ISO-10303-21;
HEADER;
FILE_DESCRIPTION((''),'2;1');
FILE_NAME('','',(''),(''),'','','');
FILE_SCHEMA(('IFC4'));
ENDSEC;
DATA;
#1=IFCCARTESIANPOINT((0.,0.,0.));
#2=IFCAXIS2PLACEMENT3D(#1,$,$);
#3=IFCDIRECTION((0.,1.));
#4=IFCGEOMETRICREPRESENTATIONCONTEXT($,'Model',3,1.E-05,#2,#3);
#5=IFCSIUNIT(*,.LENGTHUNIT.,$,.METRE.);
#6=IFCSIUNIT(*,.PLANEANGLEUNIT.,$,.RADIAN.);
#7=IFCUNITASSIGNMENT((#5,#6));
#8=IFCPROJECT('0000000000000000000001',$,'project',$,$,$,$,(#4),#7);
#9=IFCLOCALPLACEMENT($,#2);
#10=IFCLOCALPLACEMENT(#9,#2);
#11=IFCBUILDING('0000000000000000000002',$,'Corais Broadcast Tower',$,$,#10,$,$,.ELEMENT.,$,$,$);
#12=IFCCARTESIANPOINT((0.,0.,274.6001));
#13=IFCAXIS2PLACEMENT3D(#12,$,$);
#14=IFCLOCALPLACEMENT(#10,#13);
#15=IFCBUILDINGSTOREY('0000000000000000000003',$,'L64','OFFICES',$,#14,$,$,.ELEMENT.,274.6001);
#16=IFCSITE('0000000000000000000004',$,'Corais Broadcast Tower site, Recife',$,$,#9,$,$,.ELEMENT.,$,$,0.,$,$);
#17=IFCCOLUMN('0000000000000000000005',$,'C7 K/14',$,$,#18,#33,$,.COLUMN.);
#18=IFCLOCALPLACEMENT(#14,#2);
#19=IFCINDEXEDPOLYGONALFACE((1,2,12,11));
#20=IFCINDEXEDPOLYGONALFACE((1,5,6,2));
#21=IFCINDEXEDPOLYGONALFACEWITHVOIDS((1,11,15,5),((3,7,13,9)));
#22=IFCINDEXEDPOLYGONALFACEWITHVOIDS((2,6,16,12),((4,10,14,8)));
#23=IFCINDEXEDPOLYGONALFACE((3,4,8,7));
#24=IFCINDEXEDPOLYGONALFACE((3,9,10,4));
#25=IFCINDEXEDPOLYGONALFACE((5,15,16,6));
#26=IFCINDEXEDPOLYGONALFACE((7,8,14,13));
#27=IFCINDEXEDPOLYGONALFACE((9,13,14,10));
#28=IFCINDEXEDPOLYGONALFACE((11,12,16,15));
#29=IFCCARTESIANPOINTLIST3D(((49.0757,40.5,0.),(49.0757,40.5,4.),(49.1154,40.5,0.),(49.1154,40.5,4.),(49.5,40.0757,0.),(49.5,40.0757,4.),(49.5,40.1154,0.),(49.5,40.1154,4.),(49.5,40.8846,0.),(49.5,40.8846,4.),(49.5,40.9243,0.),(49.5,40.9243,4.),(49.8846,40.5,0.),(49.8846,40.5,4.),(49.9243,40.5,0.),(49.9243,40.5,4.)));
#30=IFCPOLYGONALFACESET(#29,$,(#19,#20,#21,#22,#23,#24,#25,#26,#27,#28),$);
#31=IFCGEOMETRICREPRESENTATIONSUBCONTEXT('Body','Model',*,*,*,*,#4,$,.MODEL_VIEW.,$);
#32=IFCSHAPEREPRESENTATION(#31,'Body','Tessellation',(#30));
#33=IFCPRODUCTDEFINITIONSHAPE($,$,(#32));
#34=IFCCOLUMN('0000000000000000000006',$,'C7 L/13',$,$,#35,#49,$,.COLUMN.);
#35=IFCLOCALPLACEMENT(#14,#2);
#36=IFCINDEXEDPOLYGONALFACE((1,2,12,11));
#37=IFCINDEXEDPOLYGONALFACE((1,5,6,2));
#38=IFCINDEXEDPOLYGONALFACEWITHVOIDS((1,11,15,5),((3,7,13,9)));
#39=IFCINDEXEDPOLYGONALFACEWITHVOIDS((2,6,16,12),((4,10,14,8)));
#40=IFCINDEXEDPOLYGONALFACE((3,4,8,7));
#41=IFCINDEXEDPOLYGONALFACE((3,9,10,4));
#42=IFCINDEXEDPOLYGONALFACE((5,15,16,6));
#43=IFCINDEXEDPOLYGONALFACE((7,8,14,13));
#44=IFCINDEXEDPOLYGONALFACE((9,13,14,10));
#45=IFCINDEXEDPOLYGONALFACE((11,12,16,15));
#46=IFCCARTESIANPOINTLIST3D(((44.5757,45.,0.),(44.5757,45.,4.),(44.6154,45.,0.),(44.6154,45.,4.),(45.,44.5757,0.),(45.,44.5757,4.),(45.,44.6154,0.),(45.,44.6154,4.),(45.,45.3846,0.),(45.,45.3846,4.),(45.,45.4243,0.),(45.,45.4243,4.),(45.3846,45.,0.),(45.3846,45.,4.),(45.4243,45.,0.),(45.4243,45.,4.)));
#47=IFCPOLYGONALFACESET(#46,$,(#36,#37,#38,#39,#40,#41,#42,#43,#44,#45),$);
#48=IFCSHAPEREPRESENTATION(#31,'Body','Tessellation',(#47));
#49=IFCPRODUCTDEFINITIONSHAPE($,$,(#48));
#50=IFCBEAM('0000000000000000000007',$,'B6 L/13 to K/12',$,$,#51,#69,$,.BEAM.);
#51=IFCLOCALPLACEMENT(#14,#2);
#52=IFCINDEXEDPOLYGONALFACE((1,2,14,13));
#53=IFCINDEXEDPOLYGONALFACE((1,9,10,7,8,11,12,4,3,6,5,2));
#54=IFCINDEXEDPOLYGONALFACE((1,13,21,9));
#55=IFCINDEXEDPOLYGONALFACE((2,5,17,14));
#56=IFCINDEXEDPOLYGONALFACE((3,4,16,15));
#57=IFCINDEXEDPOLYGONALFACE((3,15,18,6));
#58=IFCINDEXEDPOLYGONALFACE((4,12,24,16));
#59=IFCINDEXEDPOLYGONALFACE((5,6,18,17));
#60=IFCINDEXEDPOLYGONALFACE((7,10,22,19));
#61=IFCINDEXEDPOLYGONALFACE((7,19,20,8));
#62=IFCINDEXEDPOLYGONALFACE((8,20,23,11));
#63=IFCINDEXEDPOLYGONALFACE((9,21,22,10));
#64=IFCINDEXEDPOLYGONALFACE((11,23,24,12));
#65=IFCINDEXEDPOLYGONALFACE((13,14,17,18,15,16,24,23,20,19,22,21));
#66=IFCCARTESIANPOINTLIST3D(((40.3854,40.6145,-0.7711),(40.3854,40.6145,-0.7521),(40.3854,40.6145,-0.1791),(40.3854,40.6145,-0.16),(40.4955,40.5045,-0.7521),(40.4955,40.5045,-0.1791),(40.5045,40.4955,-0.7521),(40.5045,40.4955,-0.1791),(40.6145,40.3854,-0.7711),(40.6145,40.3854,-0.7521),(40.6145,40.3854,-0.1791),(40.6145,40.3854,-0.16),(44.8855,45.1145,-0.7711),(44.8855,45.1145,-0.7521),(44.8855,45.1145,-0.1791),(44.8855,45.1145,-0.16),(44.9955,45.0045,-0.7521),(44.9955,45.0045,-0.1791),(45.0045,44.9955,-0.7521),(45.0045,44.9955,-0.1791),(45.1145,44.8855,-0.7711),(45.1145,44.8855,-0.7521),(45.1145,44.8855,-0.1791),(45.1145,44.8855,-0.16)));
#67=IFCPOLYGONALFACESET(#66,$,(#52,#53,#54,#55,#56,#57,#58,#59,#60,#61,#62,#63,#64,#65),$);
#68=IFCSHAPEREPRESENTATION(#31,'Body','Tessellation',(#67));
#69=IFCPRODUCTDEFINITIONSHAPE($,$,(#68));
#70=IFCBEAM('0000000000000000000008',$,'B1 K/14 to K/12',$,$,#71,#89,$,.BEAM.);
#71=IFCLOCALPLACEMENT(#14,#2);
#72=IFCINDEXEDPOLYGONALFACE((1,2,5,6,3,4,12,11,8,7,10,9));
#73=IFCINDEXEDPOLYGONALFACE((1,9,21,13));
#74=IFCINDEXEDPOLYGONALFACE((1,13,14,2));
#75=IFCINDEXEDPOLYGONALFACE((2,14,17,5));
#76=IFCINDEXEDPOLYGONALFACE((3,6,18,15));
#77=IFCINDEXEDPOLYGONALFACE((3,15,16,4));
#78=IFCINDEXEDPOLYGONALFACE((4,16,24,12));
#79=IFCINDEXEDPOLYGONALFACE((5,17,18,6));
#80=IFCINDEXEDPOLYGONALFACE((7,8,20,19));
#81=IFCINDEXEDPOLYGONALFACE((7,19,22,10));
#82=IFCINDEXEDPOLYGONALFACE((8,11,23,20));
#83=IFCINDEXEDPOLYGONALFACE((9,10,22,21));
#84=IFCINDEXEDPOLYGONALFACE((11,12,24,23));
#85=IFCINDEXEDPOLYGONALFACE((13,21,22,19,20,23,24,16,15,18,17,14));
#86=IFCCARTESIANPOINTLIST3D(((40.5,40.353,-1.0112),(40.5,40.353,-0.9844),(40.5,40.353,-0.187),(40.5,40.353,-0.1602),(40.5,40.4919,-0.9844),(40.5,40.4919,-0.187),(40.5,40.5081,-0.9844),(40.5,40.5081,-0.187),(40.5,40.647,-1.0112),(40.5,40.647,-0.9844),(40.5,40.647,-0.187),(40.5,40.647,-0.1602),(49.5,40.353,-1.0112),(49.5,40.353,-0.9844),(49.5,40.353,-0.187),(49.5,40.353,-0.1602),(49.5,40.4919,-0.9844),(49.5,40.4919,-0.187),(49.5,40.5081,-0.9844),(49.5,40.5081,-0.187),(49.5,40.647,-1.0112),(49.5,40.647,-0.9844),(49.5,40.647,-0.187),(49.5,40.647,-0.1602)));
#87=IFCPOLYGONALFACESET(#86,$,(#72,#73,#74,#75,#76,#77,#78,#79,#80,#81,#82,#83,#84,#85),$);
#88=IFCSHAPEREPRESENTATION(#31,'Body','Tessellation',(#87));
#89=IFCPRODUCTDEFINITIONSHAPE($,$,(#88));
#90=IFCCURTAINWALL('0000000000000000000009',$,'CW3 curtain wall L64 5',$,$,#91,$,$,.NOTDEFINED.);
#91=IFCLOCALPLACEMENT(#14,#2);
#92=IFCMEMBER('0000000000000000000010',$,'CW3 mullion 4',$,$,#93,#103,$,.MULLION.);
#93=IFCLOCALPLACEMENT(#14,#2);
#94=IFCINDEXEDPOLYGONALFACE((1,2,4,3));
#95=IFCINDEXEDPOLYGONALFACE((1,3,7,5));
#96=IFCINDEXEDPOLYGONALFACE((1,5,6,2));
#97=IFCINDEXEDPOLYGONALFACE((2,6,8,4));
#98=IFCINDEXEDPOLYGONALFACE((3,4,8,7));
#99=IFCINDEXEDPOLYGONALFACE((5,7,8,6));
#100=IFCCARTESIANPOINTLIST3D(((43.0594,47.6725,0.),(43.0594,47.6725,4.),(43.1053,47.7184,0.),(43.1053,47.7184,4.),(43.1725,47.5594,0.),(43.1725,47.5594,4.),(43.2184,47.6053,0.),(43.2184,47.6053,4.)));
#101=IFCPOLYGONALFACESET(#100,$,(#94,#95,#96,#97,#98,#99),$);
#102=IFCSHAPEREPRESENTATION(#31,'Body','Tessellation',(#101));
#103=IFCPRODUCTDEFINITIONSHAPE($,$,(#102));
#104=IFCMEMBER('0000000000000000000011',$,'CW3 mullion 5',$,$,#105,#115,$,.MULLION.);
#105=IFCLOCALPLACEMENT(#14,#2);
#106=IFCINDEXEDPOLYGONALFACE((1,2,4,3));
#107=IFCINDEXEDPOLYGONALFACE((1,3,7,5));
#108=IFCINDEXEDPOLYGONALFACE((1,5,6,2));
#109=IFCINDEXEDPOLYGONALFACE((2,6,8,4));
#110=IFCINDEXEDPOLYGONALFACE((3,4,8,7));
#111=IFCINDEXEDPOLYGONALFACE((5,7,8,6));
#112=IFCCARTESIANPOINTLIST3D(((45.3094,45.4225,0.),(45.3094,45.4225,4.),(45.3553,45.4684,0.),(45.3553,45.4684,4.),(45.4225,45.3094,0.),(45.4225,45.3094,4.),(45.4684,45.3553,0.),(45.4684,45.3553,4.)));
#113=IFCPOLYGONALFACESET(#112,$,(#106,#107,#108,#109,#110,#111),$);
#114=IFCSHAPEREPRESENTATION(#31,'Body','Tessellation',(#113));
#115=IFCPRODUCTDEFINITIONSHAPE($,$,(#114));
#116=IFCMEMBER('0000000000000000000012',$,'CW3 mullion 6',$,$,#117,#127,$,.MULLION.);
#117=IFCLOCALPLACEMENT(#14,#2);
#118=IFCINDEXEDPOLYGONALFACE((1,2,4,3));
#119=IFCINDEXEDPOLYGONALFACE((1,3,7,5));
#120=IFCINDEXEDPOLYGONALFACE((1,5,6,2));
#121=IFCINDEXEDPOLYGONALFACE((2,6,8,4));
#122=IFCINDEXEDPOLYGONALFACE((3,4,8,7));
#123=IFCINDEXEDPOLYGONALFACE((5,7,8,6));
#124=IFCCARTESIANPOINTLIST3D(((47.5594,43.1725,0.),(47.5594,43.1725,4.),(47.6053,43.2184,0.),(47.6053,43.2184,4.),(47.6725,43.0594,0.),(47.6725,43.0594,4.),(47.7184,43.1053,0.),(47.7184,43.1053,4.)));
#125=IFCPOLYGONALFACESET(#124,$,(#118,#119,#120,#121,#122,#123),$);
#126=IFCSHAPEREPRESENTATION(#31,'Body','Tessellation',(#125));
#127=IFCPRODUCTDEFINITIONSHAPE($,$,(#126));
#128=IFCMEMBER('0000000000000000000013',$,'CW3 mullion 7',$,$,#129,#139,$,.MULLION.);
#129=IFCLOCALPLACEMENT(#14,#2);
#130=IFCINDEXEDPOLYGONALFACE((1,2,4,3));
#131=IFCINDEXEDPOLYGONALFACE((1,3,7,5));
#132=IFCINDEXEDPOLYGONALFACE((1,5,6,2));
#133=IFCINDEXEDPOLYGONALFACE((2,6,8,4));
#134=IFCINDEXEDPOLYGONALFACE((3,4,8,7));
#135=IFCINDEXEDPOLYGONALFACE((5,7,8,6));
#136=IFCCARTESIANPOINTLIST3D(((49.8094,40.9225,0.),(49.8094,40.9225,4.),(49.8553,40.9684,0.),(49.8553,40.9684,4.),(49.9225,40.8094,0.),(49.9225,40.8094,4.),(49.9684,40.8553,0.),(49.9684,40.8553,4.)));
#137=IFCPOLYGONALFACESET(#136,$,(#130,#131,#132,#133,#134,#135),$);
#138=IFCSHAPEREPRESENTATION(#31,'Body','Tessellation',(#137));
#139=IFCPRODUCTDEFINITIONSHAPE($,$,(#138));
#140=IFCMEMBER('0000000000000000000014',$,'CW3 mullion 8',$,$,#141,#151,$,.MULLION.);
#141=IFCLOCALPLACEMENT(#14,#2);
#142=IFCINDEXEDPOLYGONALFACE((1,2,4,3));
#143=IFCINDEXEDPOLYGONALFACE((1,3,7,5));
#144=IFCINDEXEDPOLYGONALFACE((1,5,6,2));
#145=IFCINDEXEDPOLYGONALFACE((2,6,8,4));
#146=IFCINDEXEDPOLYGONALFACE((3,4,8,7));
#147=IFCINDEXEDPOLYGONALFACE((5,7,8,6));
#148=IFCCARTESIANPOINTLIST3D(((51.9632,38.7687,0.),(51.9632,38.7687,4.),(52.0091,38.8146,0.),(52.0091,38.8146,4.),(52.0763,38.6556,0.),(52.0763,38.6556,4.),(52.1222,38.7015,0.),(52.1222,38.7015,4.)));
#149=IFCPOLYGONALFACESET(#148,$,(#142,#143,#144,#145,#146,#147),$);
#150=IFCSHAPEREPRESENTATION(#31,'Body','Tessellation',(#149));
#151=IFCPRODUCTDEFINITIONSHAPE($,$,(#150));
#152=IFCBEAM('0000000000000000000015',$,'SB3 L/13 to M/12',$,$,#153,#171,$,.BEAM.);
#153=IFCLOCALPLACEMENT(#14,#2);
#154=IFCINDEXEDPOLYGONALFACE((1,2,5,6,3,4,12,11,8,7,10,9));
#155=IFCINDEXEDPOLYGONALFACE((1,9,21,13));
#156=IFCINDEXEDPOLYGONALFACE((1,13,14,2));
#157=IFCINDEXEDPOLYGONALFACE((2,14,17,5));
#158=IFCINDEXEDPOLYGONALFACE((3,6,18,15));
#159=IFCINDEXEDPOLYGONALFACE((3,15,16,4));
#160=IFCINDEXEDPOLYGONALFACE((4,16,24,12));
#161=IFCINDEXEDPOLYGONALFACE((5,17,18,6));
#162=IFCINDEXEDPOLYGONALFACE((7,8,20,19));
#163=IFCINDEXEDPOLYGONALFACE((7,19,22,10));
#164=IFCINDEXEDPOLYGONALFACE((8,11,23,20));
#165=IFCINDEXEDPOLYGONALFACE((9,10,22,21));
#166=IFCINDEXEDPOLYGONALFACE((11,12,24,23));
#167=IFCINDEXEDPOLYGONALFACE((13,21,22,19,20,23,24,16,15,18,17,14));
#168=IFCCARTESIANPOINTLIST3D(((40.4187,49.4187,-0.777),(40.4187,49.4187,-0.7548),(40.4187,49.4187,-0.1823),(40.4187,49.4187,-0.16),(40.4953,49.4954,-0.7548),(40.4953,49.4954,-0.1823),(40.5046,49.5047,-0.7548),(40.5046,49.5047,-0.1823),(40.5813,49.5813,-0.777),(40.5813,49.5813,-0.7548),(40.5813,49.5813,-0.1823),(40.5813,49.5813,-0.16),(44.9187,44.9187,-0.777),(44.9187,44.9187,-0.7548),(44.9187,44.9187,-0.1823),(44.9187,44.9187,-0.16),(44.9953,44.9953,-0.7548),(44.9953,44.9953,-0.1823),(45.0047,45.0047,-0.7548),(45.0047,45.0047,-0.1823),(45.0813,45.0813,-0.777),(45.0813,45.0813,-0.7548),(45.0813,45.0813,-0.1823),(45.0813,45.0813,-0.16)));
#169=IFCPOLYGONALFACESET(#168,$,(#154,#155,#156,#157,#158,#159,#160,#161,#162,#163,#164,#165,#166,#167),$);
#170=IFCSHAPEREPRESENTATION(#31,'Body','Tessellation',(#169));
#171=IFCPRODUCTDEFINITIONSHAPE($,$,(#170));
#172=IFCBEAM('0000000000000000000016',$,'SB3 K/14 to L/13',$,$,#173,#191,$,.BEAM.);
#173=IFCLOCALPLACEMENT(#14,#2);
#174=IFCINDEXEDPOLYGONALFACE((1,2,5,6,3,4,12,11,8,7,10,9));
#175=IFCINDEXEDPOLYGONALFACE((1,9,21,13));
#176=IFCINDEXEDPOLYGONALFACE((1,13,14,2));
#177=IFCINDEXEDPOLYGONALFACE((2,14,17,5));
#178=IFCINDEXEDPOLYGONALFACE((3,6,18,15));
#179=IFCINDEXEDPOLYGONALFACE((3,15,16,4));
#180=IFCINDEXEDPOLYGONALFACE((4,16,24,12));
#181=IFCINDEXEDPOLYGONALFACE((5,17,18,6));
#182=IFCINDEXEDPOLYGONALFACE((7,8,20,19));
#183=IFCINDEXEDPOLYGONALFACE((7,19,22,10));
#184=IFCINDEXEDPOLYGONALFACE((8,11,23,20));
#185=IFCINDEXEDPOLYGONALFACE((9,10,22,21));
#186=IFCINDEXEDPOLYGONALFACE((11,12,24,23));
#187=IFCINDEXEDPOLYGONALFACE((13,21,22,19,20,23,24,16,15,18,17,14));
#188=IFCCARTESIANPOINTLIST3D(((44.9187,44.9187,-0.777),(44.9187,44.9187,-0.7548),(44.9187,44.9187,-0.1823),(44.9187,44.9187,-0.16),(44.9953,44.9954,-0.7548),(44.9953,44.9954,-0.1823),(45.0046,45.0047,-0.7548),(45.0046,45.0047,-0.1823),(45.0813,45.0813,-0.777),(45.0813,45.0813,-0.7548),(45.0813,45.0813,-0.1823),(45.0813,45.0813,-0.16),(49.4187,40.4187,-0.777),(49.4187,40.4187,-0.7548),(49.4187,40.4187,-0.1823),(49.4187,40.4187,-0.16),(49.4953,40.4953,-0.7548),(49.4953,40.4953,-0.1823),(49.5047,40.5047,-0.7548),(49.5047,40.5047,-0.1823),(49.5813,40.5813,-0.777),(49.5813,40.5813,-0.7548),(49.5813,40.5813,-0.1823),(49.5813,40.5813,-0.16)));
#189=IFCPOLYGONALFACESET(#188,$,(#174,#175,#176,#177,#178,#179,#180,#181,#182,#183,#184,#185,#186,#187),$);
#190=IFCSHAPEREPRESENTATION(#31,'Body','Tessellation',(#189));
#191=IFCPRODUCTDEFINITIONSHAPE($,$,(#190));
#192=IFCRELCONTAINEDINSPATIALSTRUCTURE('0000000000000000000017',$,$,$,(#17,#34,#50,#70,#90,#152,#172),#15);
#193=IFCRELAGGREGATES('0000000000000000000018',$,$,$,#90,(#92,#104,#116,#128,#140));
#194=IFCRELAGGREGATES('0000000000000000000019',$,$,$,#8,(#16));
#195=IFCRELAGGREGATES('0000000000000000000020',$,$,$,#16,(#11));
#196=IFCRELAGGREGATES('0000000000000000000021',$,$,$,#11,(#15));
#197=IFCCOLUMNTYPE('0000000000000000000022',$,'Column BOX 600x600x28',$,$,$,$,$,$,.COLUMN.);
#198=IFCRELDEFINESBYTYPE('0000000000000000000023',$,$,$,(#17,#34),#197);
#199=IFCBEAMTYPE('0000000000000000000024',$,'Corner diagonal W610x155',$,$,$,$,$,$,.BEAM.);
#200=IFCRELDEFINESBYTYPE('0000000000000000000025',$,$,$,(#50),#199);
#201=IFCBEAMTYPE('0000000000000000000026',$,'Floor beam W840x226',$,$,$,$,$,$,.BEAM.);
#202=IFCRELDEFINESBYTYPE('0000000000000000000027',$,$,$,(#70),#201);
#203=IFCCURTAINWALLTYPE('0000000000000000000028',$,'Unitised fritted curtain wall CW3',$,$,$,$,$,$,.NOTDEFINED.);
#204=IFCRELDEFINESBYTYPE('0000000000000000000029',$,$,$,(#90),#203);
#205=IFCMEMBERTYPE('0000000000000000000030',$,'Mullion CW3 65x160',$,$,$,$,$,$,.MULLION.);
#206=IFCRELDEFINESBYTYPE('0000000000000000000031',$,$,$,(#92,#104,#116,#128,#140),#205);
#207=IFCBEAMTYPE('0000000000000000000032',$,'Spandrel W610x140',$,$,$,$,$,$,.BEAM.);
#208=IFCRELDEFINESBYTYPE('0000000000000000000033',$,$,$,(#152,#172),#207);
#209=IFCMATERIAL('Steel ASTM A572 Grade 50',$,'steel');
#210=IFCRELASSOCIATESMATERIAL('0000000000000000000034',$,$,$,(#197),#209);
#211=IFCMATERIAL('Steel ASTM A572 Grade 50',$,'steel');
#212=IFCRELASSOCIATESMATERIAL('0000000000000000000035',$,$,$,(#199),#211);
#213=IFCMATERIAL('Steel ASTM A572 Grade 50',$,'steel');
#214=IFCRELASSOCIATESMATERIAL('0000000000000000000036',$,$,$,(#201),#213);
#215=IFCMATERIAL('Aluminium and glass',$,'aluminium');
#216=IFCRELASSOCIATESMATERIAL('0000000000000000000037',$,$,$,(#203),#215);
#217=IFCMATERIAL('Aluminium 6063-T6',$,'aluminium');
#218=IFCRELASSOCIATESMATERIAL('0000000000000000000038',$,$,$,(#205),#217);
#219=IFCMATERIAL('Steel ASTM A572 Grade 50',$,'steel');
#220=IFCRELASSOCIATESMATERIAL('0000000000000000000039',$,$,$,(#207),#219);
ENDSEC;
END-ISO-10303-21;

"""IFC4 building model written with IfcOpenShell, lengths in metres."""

from ifc_helpers import new_model, si_unit, direction, frame, origin, origin_2d, place, context, subcontext, project, spatial, rectangle, hollow_rectangle, i_section, extrude, material, material_profile, profile_set, type_object, element, aggregate, save


model = new_model("IFC4")

# Units and contexts
model_context = context("Model", 3, precision=1e-05, world=origin(), true_north=direction((0.0, 1.0)))
body_context = subcontext(model_context, "Body", "Model", "MODEL_VIEW")
ifc_project = project(units=[si_unit("LENGTHUNIT", "METRE"), si_unit("PLANEANGLEUNIT", "RADIAN")], contexts=[model_context])

# Site, building, storey
site_placement = place(None, origin())
site = spatial("IfcSite", under=ifc_project, at=site_placement, Name="Corais Broadcast Tower site, Recife", CompositionType="ELEMENT", RefElevation=0.0)
building_placement = place(site_placement, origin())
building = spatial("IfcBuilding", under=site, at=building_placement, Name="Corais Broadcast Tower", CompositionType="ELEMENT")
storey_placement = place(building_placement, frame((0.0, 0.0, 274.6001)))
storey = spatial("IfcBuildingStorey", under=building, at=storey_placement, Name="L64", Description="OFFICES", CompositionType="ELEMENT", Elevation=274.6001)

# Columns
ifc_material_1 = material(Name="Steel ASTM A572 Grade 50", Category="steel")
ifc_material_profile_1 = material_profile(ifc_material_1, hollow_rectangle(XDim=0.6001, YDim=0.6001, WallThickness=0.0281, at=origin_2d()), Name="BOX 600x600x28")
ifc_profile_set_1 = profile_set([ifc_material_profile_1], Name="Steel ASTM A572 Grade 50")
column_type = type_object("IfcColumnType", Name="Column BOX 600x600x28", PredefinedType="COLUMN", material=ifc_profile_set_1)
for number, where, z_axis, x_axis, name in (
    (1, (49.5, 40.5, 0.0), (0.0, 0.0, 1.0), (0.707107, 0.707107, 0.0), "C7 K/14"),
    (2, (45.0, 45.0, 0.0), (0.0, 0.0, 1.0), (0.707107, 0.707107, 0.0), "C7 L/13"),
):
    element("IfcColumn", number, at=place(storey_placement, frame(where, z_axis=z_axis, x_axis=x_axis)), inside=storey, type_object=column_type, Name=name, PredefinedType="COLUMN", context=body_context, shape_type="SweptSolid", body=[
        extrude(hollow_rectangle(XDim=0.6001, YDim=0.6001, WallThickness=0.0281, at=origin_2d()), origin(), (0.0, 0.0, 1.0), 4.0),
    ])

# Beams
ifc_material_2 = material(Name="Steel ASTM A572 Grade 50", Category="steel")
ifc_material_profile_2 = material_profile(ifc_material_2, i_section(OverallWidth=0.324, OverallDepth=0.6111, WebThickness=0.0127, FlangeThickness=0.019, at=origin_2d()), Name="W610x155")
ifc_profile_set_2 = profile_set([ifc_material_profile_2], Name="Steel ASTM A572 Grade 50")
beam_type_1 = type_object("IfcBeamType", Name="Corner diagonal W610x155", PredefinedType="BEAM", material=ifc_profile_set_2)
beam_1_placement = place(storey_placement, frame((45.0, 45.0, -0.4656), z_axis=(-0.707107, -0.707107, 0.0), x_axis=(0.707107, -0.707107, 0.0)))
element("IfcBeam", 3, at=beam_1_placement, inside=storey, type_object=beam_type_1, Name="B6 L/13 to K/12", PredefinedType="BEAM", context=body_context, shape_type="SweptSolid", body=[
    extrude(i_section(OverallWidth=0.324, OverallDepth=0.6111, WebThickness=0.0127, FlangeThickness=0.019, at=origin_2d()), origin(), (0.0, 0.0, 1.0), 6.364),
])
ifc_material_3 = material(Name="Steel ASTM A572 Grade 50", Category="steel")
ifc_material_profile_3 = material_profile(ifc_material_3, i_section(OverallWidth=0.2939, OverallDepth=0.8511, WebThickness=0.0161, FlangeThickness=0.0269, at=origin_2d()), Name="W840x226")
ifc_profile_set_3 = profile_set([ifc_material_profile_3], Name="Steel ASTM A572 Grade 50")
beam_type_2 = type_object("IfcBeamType", Name="Floor beam W840x226", PredefinedType="BEAM", material=ifc_profile_set_3)
beam_2_placement = place(storey_placement, frame((49.5, 40.5, -0.5857), z_axis=(-1.0, 0.0, 0.0), x_axis=(0.0, -1.0, 0.0)))
element("IfcBeam", 4, at=beam_2_placement, inside=storey, type_object=beam_type_2, Name="B1 K/14 to K/12", PredefinedType="BEAM", context=body_context, shape_type="SweptSolid", body=[
    extrude(i_section(OverallWidth=0.2939, OverallDepth=0.8511, WebThickness=0.0161, FlangeThickness=0.0269, at=origin_2d()), origin(), (0.0, 0.0, 1.0), 9.0),
])

# Curtain wall, members
ifc_material_4 = material(Name="Aluminium and glass", Category="aluminium")
curtain_wall_type = type_object("IfcCurtainWallType", Name="Unitised fritted curtain wall CW3", PredefinedType="NOTDEFINED", material=ifc_material_4)
curtain_wall_placement = place(storey_placement, origin())
curtain_wall = element("IfcCurtainWall", 5, at=curtain_wall_placement, inside=storey, type_object=curtain_wall_type, Name="CW3 curtain wall L64 5", PredefinedType="NOTDEFINED")
ifc_material_5 = material(Name="Aluminium 6063-T6", Category="aluminium")
ifc_material_profile_4 = material_profile(ifc_material_5, rectangle(XDim=0.0649, YDim=0.1599, at=origin_2d()), Name="Mullion CW3 65x160")
ifc_profile_set_4 = profile_set([ifc_material_profile_4], Name="Aluminium 6063-T6")
member_type_1 = type_object("IfcMemberType", Name="Mullion CW3 65x160", PredefinedType="MULLION", material=ifc_profile_set_4)
member_1_placement = place(storey_placement, frame((43.1389, 47.6389, 0.0), z_axis=(0.0, 0.0, 1.0), x_axis=(0.707107, 0.707107, 0.0)))
member_1 = element("IfcMember", 6, at=member_1_placement, type_object=member_type_1, Name="CW3 mullion 4", PredefinedType="MULLION", context=body_context, shape_type="SweptSolid", body=[
    extrude(rectangle(XDim=0.0649, YDim=0.1599, at=origin_2d()), origin(), (0.0, 0.0, 1.0), 4.0),
])
member_2_placement = place(storey_placement, frame((45.3889, 45.3889, 0.0), z_axis=(0.0, 0.0, 1.0), x_axis=(0.707107, 0.707107, 0.0)))
member_2 = element("IfcMember", 7, at=member_2_placement, type_object=member_type_1, Name="CW3 mullion 5", PredefinedType="MULLION", context=body_context, shape_type="SweptSolid", body=[
    extrude(rectangle(XDim=0.0649, YDim=0.1599, at=origin_2d()), origin(), (0.0, 0.0, 1.0), 4.0),
])
member_3_placement = place(storey_placement, frame((47.6389, 43.1389, 0.0), z_axis=(0.0, 0.0, 1.0), x_axis=(0.707107, 0.707107, 0.0)))
member_3 = element("IfcMember", 8, at=member_3_placement, type_object=member_type_1, Name="CW3 mullion 6", PredefinedType="MULLION", context=body_context, shape_type="SweptSolid", body=[
    extrude(rectangle(XDim=0.0649, YDim=0.1599, at=origin_2d()), origin(), (0.0, 0.0, 1.0), 4.0),
])
member_4_placement = place(storey_placement, frame((49.8889, 40.8889, 0.0), z_axis=(0.0, 0.0, 1.0), x_axis=(0.707107, 0.707107, 0.0)))
member_4 = element("IfcMember", 9, at=member_4_placement, type_object=member_type_1, Name="CW3 mullion 7", PredefinedType="MULLION", context=body_context, shape_type="SweptSolid", body=[
    extrude(rectangle(XDim=0.0649, YDim=0.1599, at=origin_2d()), origin(), (0.0, 0.0, 1.0), 4.0),
])
member_5_placement = place(storey_placement, frame((52.0427, 38.7351, 0.0), z_axis=(0.0, 0.0, 1.0), x_axis=(0.707107, 0.707107, 0.0)))
member_5 = element("IfcMember", 10, at=member_5_placement, type_object=member_type_1, Name="CW3 mullion 8", PredefinedType="MULLION", context=body_context, shape_type="SweptSolid", body=[
    extrude(rectangle(XDim=0.0649, YDim=0.1599, at=origin_2d()), origin(), (0.0, 0.0, 1.0), 4.0),
])

# Beams
ifc_material_6 = material(Name="Steel ASTM A572 Grade 50", Category="steel")
ifc_material_profile_5 = material_profile(ifc_material_6, i_section(OverallWidth=0.23, OverallDepth=0.6169, WebThickness=0.0132, FlangeThickness=0.0222, at=origin_2d()), Name="W610x140")
ifc_profile_set_5 = profile_set([ifc_material_profile_5], Name="Steel ASTM A572 Grade 50")
beam_type_3 = type_object("IfcBeamType", Name="Spandrel W610x140", PredefinedType="BEAM", material=ifc_profile_set_5)
for number, where, z_axis, x_axis, name in (
    (11, (45.0, 45.0, -0.4685), (-0.707107, 0.707107, 0.0), (-0.707107, -0.707107, 0.0), "SB3 L/13 to M/12"),
    (12, (49.5, 40.5, -0.4685), (-0.707107, 0.707107, 0.0), (-0.707107, -0.707107, 0.0), "SB3 K/14 to L/13"),
):
    element("IfcBeam", number, at=place(storey_placement, frame(where, z_axis=z_axis, x_axis=x_axis)), inside=storey, type_object=beam_type_3, Name=name, PredefinedType="BEAM", context=body_context, shape_type="SweptSolid", body=[
        extrude(i_section(OverallWidth=0.23, OverallDepth=0.6169, WebThickness=0.0132, FlangeThickness=0.0222, at=origin_2d()), origin(), (0.0, 0.0, 1.0), 6.364),
    ])

aggregate(curtain_wall, [member_1, member_2, member_3, member_4, member_5])

save(model, "model.ifc")
